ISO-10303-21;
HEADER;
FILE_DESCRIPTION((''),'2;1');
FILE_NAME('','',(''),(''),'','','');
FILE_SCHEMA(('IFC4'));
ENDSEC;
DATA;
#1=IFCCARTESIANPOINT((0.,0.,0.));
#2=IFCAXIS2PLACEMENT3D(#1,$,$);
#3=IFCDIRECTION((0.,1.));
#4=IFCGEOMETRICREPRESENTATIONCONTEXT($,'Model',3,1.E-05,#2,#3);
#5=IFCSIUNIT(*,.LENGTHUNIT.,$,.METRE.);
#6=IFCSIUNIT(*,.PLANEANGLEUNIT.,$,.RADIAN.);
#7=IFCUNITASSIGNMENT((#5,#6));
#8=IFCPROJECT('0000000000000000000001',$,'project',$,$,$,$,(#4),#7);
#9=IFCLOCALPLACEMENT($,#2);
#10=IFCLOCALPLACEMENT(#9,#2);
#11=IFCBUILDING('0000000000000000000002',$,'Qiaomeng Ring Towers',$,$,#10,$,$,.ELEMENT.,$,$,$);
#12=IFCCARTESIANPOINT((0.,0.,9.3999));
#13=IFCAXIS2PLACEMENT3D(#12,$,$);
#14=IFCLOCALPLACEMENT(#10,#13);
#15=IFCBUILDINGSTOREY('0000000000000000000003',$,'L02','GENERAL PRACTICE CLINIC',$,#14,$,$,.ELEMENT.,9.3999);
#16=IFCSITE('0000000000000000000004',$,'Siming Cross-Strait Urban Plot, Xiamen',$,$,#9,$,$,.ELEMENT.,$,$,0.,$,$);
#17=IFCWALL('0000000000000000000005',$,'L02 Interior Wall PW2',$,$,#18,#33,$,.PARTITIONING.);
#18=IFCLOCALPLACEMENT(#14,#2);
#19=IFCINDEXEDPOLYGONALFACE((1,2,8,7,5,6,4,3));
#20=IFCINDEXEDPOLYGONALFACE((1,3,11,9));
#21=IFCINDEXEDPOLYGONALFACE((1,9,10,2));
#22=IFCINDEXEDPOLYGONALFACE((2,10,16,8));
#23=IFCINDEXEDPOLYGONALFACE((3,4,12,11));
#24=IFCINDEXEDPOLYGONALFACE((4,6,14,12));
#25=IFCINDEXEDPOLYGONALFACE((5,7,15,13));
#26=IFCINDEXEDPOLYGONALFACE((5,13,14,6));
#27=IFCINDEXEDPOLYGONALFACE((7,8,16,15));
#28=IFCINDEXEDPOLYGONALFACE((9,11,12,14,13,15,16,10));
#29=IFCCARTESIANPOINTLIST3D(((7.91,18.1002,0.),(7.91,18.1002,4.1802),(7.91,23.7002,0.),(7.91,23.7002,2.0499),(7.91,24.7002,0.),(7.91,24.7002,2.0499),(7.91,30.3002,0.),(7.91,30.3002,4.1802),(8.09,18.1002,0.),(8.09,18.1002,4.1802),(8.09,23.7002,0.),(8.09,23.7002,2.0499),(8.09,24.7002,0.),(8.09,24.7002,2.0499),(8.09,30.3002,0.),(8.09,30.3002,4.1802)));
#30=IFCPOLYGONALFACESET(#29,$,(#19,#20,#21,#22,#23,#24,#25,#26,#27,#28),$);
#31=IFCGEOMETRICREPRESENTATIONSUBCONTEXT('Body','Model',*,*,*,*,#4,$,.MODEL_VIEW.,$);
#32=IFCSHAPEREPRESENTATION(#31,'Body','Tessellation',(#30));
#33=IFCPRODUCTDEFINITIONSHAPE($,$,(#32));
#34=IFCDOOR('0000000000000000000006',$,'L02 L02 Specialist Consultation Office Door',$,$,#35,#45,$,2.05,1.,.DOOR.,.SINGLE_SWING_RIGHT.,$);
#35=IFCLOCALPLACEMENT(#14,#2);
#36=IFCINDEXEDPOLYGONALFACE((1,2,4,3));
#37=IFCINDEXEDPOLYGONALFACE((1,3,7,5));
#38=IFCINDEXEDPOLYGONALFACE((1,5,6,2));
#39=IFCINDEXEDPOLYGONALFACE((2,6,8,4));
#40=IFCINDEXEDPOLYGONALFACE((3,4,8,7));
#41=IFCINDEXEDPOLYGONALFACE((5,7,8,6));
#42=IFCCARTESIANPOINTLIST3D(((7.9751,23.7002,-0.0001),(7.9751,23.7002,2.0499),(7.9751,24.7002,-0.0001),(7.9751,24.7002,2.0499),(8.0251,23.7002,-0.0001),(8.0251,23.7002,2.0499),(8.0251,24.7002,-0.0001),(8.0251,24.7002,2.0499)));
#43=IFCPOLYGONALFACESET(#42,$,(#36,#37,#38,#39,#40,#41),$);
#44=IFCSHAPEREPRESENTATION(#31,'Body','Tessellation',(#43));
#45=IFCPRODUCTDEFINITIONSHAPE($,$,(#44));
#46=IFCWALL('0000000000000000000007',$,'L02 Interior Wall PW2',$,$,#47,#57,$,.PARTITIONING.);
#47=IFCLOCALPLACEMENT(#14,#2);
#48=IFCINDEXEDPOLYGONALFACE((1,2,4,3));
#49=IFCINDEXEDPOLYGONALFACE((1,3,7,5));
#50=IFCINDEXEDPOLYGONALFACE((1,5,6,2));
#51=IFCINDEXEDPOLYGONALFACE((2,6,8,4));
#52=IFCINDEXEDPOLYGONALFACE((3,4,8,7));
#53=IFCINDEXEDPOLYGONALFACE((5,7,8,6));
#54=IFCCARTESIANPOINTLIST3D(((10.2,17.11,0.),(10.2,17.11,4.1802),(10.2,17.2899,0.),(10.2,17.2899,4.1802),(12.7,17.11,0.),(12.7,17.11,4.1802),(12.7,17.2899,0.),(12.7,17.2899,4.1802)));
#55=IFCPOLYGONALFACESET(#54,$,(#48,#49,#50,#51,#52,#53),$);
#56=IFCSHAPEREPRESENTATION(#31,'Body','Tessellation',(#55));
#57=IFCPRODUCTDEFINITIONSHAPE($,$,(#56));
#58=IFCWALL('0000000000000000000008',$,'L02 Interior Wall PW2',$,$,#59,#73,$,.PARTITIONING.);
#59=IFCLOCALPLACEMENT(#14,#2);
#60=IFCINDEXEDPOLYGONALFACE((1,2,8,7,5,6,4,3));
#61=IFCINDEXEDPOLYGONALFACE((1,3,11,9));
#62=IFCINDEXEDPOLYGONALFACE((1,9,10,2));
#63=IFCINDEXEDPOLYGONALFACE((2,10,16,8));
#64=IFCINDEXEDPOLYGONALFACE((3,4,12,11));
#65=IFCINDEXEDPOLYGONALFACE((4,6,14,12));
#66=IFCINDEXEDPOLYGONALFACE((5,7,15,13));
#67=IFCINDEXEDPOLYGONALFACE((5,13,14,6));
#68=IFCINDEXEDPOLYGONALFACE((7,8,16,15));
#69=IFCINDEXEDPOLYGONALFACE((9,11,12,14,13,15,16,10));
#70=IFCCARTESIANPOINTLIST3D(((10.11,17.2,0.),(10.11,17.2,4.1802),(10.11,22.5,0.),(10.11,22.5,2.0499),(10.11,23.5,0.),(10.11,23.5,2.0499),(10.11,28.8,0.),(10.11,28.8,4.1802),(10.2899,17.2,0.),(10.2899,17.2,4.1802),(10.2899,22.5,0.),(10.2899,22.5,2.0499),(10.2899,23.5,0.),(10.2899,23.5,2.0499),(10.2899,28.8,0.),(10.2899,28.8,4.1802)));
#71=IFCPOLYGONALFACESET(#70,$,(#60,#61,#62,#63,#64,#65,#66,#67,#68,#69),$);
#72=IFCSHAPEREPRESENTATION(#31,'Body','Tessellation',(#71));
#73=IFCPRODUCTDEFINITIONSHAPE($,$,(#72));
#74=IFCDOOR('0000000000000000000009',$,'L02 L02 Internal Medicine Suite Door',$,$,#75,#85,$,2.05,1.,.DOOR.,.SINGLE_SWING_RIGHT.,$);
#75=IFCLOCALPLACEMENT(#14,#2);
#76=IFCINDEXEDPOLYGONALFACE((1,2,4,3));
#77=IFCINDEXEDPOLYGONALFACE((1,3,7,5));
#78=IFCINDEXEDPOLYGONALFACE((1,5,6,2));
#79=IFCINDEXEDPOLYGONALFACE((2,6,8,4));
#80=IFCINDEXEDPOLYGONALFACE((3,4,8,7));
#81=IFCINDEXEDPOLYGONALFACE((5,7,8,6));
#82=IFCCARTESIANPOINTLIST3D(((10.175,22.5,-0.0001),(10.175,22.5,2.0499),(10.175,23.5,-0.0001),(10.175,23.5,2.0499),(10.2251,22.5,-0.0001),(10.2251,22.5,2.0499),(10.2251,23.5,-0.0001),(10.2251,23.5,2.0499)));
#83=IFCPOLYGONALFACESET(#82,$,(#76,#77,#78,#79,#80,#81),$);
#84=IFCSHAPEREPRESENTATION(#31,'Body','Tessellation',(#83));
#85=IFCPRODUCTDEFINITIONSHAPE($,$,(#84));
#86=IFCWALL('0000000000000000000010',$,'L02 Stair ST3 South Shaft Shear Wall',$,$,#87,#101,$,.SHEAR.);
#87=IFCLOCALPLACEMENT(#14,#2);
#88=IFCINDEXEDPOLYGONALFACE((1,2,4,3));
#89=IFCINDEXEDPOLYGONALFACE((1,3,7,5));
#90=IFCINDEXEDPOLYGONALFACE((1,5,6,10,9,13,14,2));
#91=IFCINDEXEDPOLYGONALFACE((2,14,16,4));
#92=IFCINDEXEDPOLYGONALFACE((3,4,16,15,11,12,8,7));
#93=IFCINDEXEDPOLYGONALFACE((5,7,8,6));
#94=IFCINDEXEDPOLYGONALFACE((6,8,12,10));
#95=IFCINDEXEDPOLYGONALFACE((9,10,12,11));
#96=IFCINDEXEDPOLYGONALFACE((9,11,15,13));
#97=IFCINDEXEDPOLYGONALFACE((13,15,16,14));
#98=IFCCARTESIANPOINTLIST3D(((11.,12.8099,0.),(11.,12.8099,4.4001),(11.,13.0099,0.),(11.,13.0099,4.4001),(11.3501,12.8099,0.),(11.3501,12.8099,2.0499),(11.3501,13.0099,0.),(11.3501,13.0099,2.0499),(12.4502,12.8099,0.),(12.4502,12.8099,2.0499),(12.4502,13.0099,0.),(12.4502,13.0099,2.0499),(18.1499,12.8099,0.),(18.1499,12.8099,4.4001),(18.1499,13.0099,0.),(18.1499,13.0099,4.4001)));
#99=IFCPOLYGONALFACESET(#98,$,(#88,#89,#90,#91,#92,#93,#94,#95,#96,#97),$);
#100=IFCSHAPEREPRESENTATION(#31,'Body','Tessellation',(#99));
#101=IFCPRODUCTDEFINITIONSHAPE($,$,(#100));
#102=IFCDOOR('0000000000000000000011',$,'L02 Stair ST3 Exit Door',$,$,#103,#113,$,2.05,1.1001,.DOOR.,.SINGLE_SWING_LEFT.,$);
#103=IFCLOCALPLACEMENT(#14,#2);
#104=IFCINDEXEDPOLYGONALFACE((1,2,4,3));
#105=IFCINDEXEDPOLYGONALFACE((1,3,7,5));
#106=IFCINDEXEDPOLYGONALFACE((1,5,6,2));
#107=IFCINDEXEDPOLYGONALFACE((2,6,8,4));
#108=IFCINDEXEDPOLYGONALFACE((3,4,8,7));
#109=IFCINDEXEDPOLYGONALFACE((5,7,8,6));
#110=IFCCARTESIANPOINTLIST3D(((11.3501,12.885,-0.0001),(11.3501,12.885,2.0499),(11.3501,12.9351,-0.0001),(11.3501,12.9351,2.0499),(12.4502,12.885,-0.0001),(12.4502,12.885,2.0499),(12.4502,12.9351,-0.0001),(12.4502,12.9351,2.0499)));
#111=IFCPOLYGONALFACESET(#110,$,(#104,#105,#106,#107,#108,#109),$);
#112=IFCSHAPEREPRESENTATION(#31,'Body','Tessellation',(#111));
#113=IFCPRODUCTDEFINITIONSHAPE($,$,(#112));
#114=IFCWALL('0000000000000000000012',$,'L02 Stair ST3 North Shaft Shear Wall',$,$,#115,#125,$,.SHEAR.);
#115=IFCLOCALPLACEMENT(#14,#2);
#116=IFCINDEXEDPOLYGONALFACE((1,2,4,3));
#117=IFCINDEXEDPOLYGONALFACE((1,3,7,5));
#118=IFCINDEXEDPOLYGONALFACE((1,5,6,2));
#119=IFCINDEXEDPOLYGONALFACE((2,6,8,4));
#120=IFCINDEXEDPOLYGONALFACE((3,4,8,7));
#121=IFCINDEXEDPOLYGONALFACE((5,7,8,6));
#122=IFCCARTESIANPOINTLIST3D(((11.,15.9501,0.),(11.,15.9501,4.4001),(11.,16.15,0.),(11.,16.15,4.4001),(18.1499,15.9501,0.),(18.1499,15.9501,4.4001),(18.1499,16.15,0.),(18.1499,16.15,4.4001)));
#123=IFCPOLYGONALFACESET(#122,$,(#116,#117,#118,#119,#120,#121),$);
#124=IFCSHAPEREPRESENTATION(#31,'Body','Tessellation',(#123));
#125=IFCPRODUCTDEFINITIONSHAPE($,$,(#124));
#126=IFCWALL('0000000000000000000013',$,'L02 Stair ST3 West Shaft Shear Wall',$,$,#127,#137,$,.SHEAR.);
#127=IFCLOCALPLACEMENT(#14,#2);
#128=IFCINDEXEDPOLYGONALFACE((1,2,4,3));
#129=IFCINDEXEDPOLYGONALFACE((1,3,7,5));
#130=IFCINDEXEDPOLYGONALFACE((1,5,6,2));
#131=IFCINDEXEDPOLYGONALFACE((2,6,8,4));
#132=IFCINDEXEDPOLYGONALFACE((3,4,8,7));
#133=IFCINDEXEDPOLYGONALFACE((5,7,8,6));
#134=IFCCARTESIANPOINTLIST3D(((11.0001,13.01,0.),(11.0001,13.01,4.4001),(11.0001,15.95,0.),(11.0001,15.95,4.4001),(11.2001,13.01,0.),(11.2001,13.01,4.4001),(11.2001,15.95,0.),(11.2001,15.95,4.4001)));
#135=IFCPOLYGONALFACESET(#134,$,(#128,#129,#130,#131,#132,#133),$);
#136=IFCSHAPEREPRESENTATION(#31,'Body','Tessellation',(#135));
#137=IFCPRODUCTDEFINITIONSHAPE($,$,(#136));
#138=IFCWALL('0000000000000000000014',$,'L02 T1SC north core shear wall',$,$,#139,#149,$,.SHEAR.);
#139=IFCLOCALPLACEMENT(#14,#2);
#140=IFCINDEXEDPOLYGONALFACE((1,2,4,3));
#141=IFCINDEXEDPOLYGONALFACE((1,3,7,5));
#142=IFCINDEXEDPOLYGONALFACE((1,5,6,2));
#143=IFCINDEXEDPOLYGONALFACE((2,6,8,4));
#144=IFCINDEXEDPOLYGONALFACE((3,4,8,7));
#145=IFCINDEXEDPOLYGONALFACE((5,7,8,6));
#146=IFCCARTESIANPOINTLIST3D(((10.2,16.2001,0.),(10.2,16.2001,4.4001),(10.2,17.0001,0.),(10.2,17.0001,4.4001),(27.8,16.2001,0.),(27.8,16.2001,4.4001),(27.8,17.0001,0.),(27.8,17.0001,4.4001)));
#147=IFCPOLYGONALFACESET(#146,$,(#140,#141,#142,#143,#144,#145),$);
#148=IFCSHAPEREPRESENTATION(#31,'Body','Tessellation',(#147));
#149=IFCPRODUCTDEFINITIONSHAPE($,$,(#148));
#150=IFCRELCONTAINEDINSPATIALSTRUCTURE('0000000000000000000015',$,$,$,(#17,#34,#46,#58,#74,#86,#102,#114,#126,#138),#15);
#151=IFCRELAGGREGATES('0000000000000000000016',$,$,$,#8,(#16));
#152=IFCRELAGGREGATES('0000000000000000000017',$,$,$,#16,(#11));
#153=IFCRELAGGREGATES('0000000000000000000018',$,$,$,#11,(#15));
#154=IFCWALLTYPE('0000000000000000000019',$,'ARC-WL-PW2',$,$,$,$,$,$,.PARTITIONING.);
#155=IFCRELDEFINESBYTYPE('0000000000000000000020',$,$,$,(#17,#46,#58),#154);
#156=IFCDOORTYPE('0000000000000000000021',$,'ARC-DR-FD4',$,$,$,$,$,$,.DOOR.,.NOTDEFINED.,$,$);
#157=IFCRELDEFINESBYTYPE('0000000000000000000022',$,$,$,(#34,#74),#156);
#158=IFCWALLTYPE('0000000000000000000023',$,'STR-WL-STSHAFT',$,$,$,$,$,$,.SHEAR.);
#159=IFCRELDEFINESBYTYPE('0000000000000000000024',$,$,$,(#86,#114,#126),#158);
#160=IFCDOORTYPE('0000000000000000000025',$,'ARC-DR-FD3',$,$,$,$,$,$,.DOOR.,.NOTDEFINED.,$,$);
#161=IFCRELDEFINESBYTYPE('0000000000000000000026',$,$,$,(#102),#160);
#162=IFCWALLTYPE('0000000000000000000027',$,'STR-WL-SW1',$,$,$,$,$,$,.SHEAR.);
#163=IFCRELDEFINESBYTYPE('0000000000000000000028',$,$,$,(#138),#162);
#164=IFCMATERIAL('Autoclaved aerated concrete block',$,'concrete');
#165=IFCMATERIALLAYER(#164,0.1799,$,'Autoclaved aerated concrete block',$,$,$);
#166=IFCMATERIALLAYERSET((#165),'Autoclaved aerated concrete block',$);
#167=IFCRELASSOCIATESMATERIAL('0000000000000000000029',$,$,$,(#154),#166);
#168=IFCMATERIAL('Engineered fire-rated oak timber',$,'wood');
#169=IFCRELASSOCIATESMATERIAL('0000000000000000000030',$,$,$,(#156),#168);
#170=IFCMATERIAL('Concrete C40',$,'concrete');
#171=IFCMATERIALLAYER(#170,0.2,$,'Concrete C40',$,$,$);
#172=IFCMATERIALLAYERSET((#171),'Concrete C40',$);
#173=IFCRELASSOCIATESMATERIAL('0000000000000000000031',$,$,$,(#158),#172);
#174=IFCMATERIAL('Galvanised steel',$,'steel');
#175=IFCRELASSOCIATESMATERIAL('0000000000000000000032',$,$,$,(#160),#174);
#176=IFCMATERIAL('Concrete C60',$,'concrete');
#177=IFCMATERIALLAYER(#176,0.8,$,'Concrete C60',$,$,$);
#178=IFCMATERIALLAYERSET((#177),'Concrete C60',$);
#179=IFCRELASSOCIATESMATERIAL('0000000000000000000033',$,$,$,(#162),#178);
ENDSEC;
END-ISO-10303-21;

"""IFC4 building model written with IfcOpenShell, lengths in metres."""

from ifc_helpers import new_model, si_unit, direction, frame, frame_2d, origin, place, context, subcontext, project, spatial, rectangle, extrude, source, transform, mapped, material, layer, layer_set, type_object, element, fill, save


model = new_model("IFC4")

# Units and contexts
model_context = context("Model", 3, precision=1e-05, world=origin(), true_north=direction((0.0, 1.0)))
body_context = subcontext(model_context, "Body", "Model", "MODEL_VIEW")
ifc_project = project(units=[si_unit("LENGTHUNIT", "METRE"), si_unit("PLANEANGLEUNIT", "RADIAN")], contexts=[model_context])

# Site, building, storey
site_placement = place(None, origin())
site = spatial("IfcSite", under=ifc_project, at=site_placement, Name="Siming Cross-Strait Urban Plot, Xiamen", CompositionType="ELEMENT", RefElevation=0.0)
building_placement = place(site_placement, origin())
building = spatial("IfcBuilding", under=site, at=building_placement, Name="Qiaomeng Ring Towers", CompositionType="ELEMENT")
storey_placement = place(building_placement, frame((0.0, 0.0, 9.3999)))
storey = spatial("IfcBuildingStorey", under=building, at=storey_placement, Name="L02", Description="GENERAL PRACTICE CLINIC", CompositionType="ELEMENT", Elevation=9.3999)

# Shared definitions
ifc_material_1 = material(Name="Autoclaved aerated concrete block", Category="concrete")
ifc_layer_1 = layer(ifc_material_1, 0.1799, Name="Autoclaved aerated concrete block")
ifc_layer_set_1 = layer_set([ifc_layer_1], Name="Autoclaved aerated concrete block")
wall_type_1 = type_object("IfcWallType", Name="ARC-WL-PW2", PredefinedType="PARTITIONING", material=ifc_layer_set_1)

# Wall, opening, door
wall_1_placement = place(storey_placement, frame((8.0, 18.1001, 0.0), z_axis=(0.0, 0.0, 1.0), x_axis=(0.0, 1.0, 0.0)))
wall_1 = element("IfcWall", 1, at=wall_1_placement, inside=storey, type_object=wall_type_1, Name="L02 Interior Wall PW2", PredefinedType="PARTITIONING", context=body_context, shape_type="SweptSolid", body=[
    extrude(rectangle(XDim=12.2, YDim=0.1799, at=frame_2d((6.1001, 0.0))), origin(), (0.0, 0.0, 1.0), 4.1802),
])
opening_1_placement = place(wall_1_placement, frame((5.6001, 0.0, 0.0)))
opening_1 = element("IfcOpeningElement", 2, at=opening_1_placement, cuts=wall_1, PredefinedType="OPENING", context=body_context, shape_type="SweptSolid", body=[
    extrude(rectangle(XDim=1.0, YDim=2.05, at=frame_2d((0.5, 1.0249))), frame((0.0, 0.0999, 0.0), z_axis=(0.0, -1.0, 0.0), x_axis=(1.0, 0.0, 0.0)), (0.0, 0.0, 1.0), 0.2),
])
ifc_material_2 = material(Name="Engineered fire-rated oak timber", Category="wood")
door_type_1 = type_object("IfcDoorType", Name="ARC-DR-FD4", OperationType="NOTDEFINED", PredefinedType="DOOR", material=ifc_material_2)
shared_shape_1 = source(origin(), body_context, "Body", "SweptSolid", [
    extrude(rectangle(XDim=1.0, YDim=2.05, at=frame_2d((0.5, 1.0249))), frame((0.0, 0.0249, 0.0), z_axis=(0.0, -1.0, 0.0), x_axis=(1.0, 0.0, 0.0)), (0.0, 0.0, 1.0), 0.05),
])
door_1_placement = place(opening_1_placement, origin())
door_1 = element("IfcDoor", 3, at=door_1_placement, inside=storey, type_object=door_type_1, Name="L02 L02 Specialist Consultation Office Door", OperationType="SINGLE_SWING_RIGHT", OverallHeight=2.05, OverallWidth=1.0, PredefinedType="DOOR", context=body_context, shape_type="MappedRepresentation", body=[
    mapped(shared_shape_1, transform((0.0, 0.0, 0.0), x_axis=(1.0, 0.0, 0.0), y_axis=(0.0, 1.0, 0.0), z_axis=(0.0, 0.0, 1.0), scale=1.0)),
])
fill(opening_1, door_1)

# Wall
wall_2_placement = place(storey_placement, frame((10.2, 17.2, 0.0), z_axis=(0.0, 0.0, 1.0), x_axis=(1.0, 0.0, 0.0)))
element("IfcWall", 4, at=wall_2_placement, inside=storey, type_object=wall_type_1, Name="L02 Interior Wall PW2", PredefinedType="PARTITIONING", context=body_context, shape_type="SweptSolid", body=[
    extrude(rectangle(XDim=2.5, YDim=0.1799, at=frame_2d((1.25, 0.0))), origin(), (0.0, 0.0, 1.0), 4.1802),
])

# Walls, openings, doors
wall_3_placement = place(storey_placement, frame((10.2, 17.2, 0.0), z_axis=(0.0, 0.0, 1.0), x_axis=(0.0, 1.0, 0.0)))
wall_3 = element("IfcWall", 5, at=wall_3_placement, inside=storey, type_object=wall_type_1, Name="L02 Interior Wall PW2", PredefinedType="PARTITIONING", context=body_context, shape_type="SweptSolid", body=[
    extrude(rectangle(XDim=11.6001, YDim=0.1799, at=frame_2d((5.8, 0.0))), origin(), (0.0, 0.0, 1.0), 4.1802),
])
opening_2_placement = place(wall_3_placement, frame((5.3, 0.0, 0.0)))
opening_2 = element("IfcOpeningElement", 6, at=opening_2_placement, cuts=wall_3, PredefinedType="OPENING", context=body_context, shape_type="SweptSolid", body=[
    extrude(rectangle(XDim=1.0, YDim=2.05, at=frame_2d((0.5, 1.0249))), frame((0.0, 0.0999, 0.0), z_axis=(0.0, -1.0, 0.0), x_axis=(1.0, 0.0, 0.0)), (0.0, 0.0, 1.0), 0.2),
])
door_2_placement = place(opening_2_placement, origin())
door_2 = element("IfcDoor", 7, at=door_2_placement, inside=storey, type_object=door_type_1, Name="L02 L02 Internal Medicine Suite Door", OperationType="SINGLE_SWING_RIGHT", OverallHeight=2.05, OverallWidth=1.0, PredefinedType="DOOR", context=body_context, shape_type="MappedRepresentation", body=[
    mapped(shared_shape_1, transform((0.0, 0.0, 0.0), x_axis=(1.0, 0.0, 0.0), y_axis=(0.0, 1.0, 0.0), z_axis=(0.0, 0.0, 1.0), scale=1.0)),
])
fill(opening_2, door_2)
ifc_material_3 = material(Name="Concrete C40", Category="concrete")
ifc_layer_2 = layer(ifc_material_3, 0.2, Name="Concrete C40")
ifc_layer_set_2 = layer_set([ifc_layer_2], Name="Concrete C40")
wall_type_2 = type_object("IfcWallType", Name="STR-WL-STSHAFT", PredefinedType="SHEAR", material=ifc_layer_set_2)
wall_4_placement = place(storey_placement, frame((11.0, 12.9099, 0.0), z_axis=(0.0, 0.0, 1.0), x_axis=(1.0, 0.0, 0.0)))
wall_4 = element("IfcWall", 8, at=wall_4_placement, inside=storey, type_object=wall_type_2, Name="L02 Stair ST3 South Shaft Shear Wall", PredefinedType="SHEAR", context=body_context, shape_type="SweptSolid", body=[
    extrude(rectangle(XDim=7.1499, YDim=0.2, at=frame_2d((3.575, 0.0))), origin(), (0.0, 0.0, 1.0), 4.4001),
])
opening_3_placement = place(wall_4_placement, frame((0.3501, 0.0, 0.0)))
opening_3 = element("IfcOpeningElement", 9, at=opening_3_placement, cuts=wall_4, PredefinedType="OPENING", context=body_context, shape_type="SweptSolid", body=[
    extrude(rectangle(XDim=1.1001, YDim=2.05, at=frame_2d((0.55, 1.0249))), frame((0.0, 0.1099, 0.0), z_axis=(0.0, -1.0, 0.0), x_axis=(1.0, 0.0, 0.0)), (0.0, 0.0, 1.0), 0.22),
])
ifc_material_4 = material(Name="Galvanised steel", Category="steel")
door_type_2 = type_object("IfcDoorType", Name="ARC-DR-FD3", OperationType="NOTDEFINED", PredefinedType="DOOR", material=ifc_material_4)
shared_shape_2 = source(origin(), body_context, "Body", "SweptSolid", [
    extrude(rectangle(XDim=1.1001, YDim=2.05, at=frame_2d((0.55, 1.0249))), frame((0.0, 0.0249, 0.0), z_axis=(0.0, -1.0, 0.0), x_axis=(1.0, 0.0, 0.0)), (0.0, 0.0, 1.0), 0.05),
])
door_3_placement = place(opening_3_placement, frame((1.1001, 0.0, 0.0), z_axis=(0.0, 0.0, 1.0), x_axis=(-1.0, 0.0, 0.0)))
door_3 = element("IfcDoor", 10, at=door_3_placement, inside=storey, type_object=door_type_2, Name="L02 Stair ST3 Exit Door", OperationType="SINGLE_SWING_LEFT", OverallHeight=2.05, OverallWidth=1.1001, PredefinedType="DOOR", context=body_context, shape_type="MappedRepresentation", body=[
    mapped(shared_shape_2, transform((0.0, 0.0, 0.0), x_axis=(1.0, 0.0, 0.0), y_axis=(0.0, 1.0, 0.0), z_axis=(0.0, 0.0, 1.0), scale=1.0)),
])
fill(opening_3, door_3)

# Walls
wall_5_placement = place(storey_placement, frame((11.0, 16.05, 0.0), z_axis=(0.0, 0.0, 1.0), x_axis=(1.0, 0.0, 0.0)))
element("IfcWall", 11, at=wall_5_placement, inside=storey, type_object=wall_type_2, Name="L02 Stair ST3 North Shaft Shear Wall", PredefinedType="SHEAR", context=body_context, shape_type="SweptSolid", body=[
    extrude(rectangle(XDim=7.1499, YDim=0.2, at=frame_2d((3.575, 0.0))), origin(), (0.0, 0.0, 1.0), 4.4001),
])
wall_6_placement = place(storey_placement, frame((11.1001, 13.01, 0.0), z_axis=(0.0, 0.0, 1.0), x_axis=(0.0, 1.0, 0.0)))
element("IfcWall", 12, at=wall_6_placement, inside=storey, type_object=wall_type_2, Name="L02 Stair ST3 West Shaft Shear Wall", PredefinedType="SHEAR", context=body_context, shape_type="SweptSolid", body=[
    extrude(rectangle(XDim=2.9399, YDim=0.2, at=frame_2d((1.47, 0.0))), origin(), (0.0, 0.0, 1.0), 4.4001),
])
ifc_material_5 = material(Name="Concrete C60", Category="concrete")
ifc_layer_3 = layer(ifc_material_5, 0.8, Name="Concrete C60")
ifc_layer_set_3 = layer_set([ifc_layer_3], Name="Concrete C60")
wall_type_3 = type_object("IfcWallType", Name="STR-WL-SW1", PredefinedType="SHEAR", material=ifc_layer_set_3)
wall_7_placement = place(storey_placement, frame((10.2, 16.6001, 0.0), z_axis=(0.0, 0.0, 1.0), x_axis=(1.0, 0.0, 0.0)))
element("IfcWall", 13, at=wall_7_placement, inside=storey, type_object=wall_type_3, Name="L02 T1SC north core shear wall", PredefinedType="SHEAR", context=body_context, shape_type="SweptSolid", body=[
    extrude(rectangle(XDim=17.6001, YDim=0.8, at=frame_2d((8.8, 0.0))), origin(), (0.0, 0.0, 1.0), 4.4001),
])

save(model, "model.ifc")
